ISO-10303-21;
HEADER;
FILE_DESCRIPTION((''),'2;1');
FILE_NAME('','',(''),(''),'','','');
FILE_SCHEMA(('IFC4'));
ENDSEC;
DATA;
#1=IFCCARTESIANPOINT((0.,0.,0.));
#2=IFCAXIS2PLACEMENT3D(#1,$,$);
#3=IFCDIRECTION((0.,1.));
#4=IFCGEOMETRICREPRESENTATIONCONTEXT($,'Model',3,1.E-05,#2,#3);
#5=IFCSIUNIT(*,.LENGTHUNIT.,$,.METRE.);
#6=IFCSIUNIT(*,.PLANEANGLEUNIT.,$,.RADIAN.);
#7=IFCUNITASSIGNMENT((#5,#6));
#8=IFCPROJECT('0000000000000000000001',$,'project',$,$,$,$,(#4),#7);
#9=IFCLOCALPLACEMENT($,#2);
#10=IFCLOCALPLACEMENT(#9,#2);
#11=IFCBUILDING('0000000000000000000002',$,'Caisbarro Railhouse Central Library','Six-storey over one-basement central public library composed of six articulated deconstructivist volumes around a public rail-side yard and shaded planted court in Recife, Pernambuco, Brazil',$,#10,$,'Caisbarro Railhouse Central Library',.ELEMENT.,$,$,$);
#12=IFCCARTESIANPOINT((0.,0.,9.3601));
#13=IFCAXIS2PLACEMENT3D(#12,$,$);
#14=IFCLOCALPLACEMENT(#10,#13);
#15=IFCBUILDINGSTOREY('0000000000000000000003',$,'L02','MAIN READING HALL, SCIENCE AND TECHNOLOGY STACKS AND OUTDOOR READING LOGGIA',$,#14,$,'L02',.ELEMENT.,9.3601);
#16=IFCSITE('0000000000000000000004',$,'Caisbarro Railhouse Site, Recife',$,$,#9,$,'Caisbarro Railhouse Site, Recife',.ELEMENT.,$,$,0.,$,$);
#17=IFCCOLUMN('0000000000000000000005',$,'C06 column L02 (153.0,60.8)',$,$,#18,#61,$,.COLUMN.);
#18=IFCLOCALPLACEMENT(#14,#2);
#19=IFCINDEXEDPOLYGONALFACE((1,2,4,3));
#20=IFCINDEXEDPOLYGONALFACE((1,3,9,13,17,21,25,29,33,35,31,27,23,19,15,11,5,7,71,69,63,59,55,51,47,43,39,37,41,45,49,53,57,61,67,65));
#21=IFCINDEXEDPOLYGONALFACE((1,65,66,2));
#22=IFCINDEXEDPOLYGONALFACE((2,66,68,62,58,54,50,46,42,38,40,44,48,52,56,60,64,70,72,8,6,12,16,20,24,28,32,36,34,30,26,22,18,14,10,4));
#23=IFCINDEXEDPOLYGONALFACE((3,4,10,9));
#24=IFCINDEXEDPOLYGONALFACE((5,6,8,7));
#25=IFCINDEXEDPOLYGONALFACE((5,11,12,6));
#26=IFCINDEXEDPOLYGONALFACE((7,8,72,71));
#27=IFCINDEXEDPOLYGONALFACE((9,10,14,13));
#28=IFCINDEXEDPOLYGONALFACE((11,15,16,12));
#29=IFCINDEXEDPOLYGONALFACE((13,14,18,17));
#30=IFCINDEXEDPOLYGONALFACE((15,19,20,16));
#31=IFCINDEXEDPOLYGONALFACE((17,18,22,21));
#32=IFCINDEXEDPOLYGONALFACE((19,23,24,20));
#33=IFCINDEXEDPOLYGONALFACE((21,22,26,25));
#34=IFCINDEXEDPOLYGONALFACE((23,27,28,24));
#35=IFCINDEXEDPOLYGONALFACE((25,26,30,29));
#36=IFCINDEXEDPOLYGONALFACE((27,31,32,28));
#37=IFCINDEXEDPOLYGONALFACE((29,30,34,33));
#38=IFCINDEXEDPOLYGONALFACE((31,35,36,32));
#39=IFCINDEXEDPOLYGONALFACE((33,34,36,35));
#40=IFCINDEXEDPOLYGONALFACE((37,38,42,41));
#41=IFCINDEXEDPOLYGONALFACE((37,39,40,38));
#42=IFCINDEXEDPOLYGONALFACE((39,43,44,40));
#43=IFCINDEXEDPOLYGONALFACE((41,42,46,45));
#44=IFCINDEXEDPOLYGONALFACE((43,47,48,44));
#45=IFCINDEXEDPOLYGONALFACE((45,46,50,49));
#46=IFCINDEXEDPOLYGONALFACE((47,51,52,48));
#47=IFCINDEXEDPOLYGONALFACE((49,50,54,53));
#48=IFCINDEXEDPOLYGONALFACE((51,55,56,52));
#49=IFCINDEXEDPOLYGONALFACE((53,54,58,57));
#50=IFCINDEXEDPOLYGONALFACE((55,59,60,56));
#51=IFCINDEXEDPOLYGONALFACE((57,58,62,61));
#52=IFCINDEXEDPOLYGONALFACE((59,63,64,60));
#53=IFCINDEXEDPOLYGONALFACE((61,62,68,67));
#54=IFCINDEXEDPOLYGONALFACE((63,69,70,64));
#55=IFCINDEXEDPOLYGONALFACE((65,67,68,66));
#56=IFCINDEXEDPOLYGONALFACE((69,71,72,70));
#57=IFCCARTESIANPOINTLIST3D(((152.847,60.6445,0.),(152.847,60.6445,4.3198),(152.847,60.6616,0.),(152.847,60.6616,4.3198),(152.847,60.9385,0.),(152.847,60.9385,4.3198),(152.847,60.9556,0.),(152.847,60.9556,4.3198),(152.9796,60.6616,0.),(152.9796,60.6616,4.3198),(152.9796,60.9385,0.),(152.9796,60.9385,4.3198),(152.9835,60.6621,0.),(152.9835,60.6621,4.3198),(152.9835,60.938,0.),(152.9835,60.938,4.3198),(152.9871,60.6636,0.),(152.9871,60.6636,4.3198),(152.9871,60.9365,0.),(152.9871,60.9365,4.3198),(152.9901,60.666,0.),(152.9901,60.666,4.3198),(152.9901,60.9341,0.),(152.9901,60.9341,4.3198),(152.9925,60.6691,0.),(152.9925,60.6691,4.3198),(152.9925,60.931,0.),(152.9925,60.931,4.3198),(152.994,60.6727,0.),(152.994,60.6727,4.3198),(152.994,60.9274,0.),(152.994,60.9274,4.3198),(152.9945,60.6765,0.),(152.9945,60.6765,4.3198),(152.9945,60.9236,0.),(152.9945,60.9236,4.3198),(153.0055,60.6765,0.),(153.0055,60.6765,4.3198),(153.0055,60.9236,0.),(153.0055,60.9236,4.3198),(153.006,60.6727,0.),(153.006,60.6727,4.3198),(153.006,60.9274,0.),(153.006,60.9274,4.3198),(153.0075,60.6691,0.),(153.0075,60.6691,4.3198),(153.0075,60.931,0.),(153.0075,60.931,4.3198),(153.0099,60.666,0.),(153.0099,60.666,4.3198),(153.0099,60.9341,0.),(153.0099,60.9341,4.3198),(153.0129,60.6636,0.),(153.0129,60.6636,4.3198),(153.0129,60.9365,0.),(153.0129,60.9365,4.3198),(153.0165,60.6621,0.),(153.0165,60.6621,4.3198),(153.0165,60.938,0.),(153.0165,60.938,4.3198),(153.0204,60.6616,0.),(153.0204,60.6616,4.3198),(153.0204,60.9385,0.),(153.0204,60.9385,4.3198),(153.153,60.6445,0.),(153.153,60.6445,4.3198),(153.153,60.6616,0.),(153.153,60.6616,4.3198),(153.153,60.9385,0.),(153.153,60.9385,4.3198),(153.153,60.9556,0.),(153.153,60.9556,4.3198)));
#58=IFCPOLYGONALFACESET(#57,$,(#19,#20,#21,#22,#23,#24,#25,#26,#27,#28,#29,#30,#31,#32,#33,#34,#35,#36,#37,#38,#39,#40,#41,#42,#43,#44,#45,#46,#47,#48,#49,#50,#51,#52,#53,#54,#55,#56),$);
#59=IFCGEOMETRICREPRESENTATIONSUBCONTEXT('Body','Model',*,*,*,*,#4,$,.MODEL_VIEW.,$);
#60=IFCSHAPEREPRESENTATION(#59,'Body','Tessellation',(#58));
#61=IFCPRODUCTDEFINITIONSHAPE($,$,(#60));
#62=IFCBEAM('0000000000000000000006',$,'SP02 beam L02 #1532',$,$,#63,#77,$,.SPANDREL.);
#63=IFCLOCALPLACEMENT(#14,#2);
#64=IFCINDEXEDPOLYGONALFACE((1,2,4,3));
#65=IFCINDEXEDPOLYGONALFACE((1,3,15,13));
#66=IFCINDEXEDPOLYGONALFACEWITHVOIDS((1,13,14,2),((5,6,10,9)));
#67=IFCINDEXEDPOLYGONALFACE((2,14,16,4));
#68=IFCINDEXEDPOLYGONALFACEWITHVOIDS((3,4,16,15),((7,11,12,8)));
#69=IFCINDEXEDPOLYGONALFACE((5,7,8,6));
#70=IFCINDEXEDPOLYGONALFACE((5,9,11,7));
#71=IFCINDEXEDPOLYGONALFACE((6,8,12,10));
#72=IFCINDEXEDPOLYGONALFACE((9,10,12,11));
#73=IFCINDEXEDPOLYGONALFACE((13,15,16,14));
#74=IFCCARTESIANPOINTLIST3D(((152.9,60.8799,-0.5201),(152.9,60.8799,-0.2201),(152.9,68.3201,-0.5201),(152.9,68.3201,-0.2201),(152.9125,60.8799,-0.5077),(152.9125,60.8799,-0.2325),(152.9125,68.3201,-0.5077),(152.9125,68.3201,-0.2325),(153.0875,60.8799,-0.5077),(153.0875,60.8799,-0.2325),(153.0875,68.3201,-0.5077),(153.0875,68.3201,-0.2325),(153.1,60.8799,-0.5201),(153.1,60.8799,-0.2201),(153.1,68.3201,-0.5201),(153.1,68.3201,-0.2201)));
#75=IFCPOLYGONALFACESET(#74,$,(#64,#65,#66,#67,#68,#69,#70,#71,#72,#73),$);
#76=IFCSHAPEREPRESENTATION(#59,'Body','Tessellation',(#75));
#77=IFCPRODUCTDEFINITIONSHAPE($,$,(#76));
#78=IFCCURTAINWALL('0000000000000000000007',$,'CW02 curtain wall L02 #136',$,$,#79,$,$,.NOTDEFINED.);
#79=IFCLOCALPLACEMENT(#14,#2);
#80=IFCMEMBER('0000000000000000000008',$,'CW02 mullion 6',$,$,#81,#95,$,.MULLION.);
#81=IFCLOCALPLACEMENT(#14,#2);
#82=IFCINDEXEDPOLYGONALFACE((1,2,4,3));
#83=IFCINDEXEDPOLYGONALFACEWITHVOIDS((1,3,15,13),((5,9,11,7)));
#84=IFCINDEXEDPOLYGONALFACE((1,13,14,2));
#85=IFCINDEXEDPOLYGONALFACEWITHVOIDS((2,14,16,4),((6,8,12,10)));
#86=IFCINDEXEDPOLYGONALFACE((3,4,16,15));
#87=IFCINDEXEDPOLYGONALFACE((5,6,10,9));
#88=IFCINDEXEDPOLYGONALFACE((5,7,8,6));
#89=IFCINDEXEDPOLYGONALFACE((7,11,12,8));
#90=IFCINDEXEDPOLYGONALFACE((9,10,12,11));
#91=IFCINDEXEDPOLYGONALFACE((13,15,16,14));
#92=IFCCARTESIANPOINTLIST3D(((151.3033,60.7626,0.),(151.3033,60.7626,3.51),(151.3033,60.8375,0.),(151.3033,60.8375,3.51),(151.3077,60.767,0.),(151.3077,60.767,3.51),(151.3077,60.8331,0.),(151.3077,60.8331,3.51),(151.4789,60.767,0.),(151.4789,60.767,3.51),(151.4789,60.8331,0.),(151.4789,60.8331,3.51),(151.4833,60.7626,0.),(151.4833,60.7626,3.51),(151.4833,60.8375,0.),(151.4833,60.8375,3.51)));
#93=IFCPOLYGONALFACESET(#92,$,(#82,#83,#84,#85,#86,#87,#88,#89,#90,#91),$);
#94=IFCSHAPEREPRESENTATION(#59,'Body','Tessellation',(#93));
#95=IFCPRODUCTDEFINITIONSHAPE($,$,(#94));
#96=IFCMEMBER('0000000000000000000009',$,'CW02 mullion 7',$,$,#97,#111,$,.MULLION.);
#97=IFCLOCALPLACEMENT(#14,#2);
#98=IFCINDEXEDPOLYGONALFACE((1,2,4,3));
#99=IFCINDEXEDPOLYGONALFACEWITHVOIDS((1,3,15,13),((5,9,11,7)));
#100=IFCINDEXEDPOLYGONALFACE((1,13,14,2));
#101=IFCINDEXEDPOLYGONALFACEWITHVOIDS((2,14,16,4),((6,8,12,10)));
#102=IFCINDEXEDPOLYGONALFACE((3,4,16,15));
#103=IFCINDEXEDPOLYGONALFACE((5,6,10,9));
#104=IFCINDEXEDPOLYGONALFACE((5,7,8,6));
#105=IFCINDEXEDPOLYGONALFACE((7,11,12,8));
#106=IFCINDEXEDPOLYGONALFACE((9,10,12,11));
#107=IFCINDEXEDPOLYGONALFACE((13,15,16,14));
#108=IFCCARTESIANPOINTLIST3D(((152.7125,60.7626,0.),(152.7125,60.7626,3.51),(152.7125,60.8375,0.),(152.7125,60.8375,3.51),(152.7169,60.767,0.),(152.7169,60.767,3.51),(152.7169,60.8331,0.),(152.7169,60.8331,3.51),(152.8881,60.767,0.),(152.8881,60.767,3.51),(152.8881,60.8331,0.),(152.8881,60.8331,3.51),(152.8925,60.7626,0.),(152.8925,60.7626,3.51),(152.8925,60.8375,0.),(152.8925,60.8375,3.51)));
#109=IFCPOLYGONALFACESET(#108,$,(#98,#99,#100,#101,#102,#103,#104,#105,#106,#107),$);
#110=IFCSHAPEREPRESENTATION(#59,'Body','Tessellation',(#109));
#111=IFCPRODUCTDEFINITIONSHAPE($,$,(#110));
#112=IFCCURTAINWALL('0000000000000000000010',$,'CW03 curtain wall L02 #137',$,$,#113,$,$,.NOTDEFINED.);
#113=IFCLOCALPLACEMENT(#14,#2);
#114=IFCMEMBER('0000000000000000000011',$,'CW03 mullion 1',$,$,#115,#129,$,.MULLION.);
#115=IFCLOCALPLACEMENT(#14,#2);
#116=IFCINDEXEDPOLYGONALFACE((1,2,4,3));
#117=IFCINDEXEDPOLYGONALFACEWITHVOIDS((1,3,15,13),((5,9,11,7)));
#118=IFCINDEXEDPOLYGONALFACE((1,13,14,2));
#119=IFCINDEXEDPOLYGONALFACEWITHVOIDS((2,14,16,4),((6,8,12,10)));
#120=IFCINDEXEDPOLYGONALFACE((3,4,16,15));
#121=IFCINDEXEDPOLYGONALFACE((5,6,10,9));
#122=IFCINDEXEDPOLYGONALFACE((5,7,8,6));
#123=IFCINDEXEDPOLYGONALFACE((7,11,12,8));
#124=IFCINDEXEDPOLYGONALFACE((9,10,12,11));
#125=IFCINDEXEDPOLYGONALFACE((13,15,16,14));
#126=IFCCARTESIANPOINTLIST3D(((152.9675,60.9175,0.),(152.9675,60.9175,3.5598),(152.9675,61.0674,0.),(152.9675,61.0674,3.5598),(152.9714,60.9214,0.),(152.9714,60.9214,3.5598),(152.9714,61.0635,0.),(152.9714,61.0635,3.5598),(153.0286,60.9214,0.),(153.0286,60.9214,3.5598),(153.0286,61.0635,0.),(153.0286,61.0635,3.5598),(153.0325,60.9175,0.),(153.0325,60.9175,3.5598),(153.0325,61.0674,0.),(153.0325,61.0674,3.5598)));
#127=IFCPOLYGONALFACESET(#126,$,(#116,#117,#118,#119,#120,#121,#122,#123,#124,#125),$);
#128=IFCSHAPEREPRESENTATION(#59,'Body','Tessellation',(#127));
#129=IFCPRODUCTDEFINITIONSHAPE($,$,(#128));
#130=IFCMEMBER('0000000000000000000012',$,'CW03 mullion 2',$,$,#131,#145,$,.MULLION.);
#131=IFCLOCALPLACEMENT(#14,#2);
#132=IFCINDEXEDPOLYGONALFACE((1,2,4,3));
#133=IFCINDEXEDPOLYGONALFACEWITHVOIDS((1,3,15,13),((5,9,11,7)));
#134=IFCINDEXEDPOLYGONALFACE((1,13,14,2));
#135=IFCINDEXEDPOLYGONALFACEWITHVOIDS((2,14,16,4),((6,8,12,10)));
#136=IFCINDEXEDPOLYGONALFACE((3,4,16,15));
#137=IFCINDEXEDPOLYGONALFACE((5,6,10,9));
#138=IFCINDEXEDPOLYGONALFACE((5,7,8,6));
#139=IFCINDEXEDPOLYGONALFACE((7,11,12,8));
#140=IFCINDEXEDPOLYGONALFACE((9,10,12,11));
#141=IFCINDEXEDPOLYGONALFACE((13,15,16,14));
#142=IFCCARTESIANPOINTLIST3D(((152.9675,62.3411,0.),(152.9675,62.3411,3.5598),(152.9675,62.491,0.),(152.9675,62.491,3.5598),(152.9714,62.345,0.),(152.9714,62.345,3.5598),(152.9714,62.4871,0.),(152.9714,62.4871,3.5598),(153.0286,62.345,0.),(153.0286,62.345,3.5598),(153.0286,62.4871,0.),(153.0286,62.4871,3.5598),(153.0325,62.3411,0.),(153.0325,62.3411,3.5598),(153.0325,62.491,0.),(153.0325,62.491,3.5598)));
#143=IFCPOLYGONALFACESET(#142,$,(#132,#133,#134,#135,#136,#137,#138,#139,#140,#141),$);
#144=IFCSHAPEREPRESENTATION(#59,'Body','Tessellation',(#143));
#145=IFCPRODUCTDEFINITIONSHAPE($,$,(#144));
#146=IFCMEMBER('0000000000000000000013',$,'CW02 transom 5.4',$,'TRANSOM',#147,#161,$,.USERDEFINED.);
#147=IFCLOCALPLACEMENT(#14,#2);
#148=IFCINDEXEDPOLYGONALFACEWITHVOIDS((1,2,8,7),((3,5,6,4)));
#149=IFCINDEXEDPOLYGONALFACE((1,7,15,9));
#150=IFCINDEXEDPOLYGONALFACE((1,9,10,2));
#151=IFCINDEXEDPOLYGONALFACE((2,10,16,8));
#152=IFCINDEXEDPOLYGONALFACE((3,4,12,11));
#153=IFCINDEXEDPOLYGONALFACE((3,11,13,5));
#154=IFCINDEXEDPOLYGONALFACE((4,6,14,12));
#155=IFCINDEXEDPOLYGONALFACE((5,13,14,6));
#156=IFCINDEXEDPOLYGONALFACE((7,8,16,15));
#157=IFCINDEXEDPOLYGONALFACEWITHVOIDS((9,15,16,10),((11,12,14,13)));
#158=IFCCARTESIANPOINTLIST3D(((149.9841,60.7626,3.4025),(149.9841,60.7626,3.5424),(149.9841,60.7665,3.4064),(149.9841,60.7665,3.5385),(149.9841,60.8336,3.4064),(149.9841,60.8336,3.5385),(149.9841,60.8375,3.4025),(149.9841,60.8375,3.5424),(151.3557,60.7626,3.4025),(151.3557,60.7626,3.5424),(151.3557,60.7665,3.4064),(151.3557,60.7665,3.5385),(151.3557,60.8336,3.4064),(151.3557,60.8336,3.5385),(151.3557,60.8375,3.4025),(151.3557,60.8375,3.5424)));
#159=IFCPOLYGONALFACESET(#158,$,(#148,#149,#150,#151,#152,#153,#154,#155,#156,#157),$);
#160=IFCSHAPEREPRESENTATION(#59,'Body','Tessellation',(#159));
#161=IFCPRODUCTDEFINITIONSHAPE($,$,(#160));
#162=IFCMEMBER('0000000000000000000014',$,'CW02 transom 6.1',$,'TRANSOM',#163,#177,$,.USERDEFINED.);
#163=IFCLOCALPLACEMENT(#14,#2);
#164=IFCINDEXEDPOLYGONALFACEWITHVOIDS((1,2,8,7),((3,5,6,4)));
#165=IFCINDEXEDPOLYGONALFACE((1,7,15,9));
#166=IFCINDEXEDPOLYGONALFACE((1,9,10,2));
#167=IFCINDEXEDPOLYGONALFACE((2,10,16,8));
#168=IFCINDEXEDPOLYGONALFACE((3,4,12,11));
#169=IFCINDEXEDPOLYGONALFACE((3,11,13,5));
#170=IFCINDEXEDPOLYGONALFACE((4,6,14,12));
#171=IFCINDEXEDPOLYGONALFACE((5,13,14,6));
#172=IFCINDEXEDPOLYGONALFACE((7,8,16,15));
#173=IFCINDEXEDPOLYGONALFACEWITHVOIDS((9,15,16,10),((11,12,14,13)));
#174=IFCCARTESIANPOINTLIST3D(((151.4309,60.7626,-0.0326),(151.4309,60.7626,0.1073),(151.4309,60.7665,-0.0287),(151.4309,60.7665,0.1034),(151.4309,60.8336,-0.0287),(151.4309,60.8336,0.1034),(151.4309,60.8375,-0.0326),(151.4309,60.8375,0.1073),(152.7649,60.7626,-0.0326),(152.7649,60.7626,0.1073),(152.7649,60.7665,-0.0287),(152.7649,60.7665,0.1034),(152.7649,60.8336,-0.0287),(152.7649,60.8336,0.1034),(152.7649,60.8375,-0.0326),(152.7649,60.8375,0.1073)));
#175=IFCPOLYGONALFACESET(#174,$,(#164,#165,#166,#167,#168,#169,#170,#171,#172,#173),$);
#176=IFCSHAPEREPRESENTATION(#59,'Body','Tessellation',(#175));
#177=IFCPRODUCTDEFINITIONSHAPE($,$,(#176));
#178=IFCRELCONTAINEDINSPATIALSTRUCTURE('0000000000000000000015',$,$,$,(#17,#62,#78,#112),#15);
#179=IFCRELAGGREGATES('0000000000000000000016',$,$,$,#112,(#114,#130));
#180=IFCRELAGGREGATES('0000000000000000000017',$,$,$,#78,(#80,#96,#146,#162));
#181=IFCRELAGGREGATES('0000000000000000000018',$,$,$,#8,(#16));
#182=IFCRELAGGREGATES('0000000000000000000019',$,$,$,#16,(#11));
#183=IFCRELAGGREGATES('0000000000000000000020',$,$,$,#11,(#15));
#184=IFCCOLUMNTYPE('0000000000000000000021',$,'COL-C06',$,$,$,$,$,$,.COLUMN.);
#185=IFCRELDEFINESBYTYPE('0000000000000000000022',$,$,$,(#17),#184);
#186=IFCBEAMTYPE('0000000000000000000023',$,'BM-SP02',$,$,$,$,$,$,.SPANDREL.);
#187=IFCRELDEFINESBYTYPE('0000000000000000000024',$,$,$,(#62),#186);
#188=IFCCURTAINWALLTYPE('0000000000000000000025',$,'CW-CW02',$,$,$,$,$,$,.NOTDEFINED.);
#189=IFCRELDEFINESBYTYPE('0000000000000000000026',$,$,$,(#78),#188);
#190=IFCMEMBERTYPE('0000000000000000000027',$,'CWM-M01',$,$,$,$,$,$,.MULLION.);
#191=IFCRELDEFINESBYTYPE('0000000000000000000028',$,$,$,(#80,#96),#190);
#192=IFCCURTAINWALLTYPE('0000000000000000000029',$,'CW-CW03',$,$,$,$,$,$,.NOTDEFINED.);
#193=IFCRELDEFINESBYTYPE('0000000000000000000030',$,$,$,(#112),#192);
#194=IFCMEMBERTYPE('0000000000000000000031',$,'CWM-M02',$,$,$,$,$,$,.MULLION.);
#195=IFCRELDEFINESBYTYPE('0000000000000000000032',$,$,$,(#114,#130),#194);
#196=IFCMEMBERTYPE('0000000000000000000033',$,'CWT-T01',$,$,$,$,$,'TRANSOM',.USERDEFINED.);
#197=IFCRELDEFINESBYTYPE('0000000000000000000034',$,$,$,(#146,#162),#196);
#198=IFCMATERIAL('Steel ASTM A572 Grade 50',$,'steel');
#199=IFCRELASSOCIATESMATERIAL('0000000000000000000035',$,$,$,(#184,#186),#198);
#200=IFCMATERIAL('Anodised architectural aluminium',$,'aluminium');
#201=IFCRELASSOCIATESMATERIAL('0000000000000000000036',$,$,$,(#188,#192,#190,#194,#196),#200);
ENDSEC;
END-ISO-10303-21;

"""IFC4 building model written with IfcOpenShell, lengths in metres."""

from ifc_helpers import new_model, si_unit, direction, frame, origin, origin_2d, place, context, subcontext, project, spatial, hollow_rectangle, i_section, extrude, material, material_profile, profile_set, type_object, element, aggregate, save


model = new_model("IFC4")

# Units and contexts
model_context = context("Model", 3, precision=1e-05, world=origin(), true_north=direction((0.0, 1.0)))
body_context = subcontext(model_context, "Body", "Model", "MODEL_VIEW")
ifc_project = project(units=[si_unit("LENGTHUNIT", "METRE"), si_unit("PLANEANGLEUNIT", "RADIAN")], contexts=[model_context])

# Site, building, storey
site_placement = place(None, origin())
site = spatial("IfcSite", under=ifc_project, at=site_placement, Name="Caisbarro Railhouse Site, Recife", LongName="Caisbarro Railhouse Site, Recife", CompositionType="ELEMENT", RefElevation=0.0)
building_placement = place(site_placement, origin())
building = spatial("IfcBuilding", under=site, at=building_placement, Name="Caisbarro Railhouse Central Library", Description="Six-storey over one-basement central public library composed of six articulated deconstructivist volumes around a public rail-side yard and shaded planted court in Recife, Pernambuco, Brazil", LongName="Caisbarro Railhouse Central Library", CompositionType="ELEMENT")
storey_placement = place(building_placement, frame((0.0, 0.0, 9.3601)))
storey = spatial("IfcBuildingStorey", under=building, at=storey_placement, Name="L02", Description="MAIN READING HALL, SCIENCE AND TECHNOLOGY STACKS AND OUTDOOR READING LOGGIA", LongName="L02", CompositionType="ELEMENT", Elevation=9.3601)

# Column
ifc_material_1 = material(Name="Steel ASTM A572 Grade 50", Category="steel")
ifc_material_profile_1 = material_profile(ifc_material_1, i_section(OverallWidth=0.3059, OverallDepth=0.311, WebThickness=0.011, FlangeThickness=0.0171, FilletRadius=0.0149, at=origin_2d()), Name="W310X107.0")
ifc_profile_set_1 = profile_set([ifc_material_profile_1], Name="Steel ASTM A572 Grade 50")
column_type = type_object("IfcColumnType", Name="COL-C06", PredefinedType="COLUMN", material=ifc_profile_set_1)
column_placement = place(storey_placement, frame((153.0, 60.8, 0.0), z_axis=(0.0, 0.0, 1.0), x_axis=(1.0, 0.0, 0.0)))
element("IfcColumn", 1, at=column_placement, inside=storey, type_object=column_type, Name="C06 column L02 (153.0,60.8)", PredefinedType="COLUMN", context=body_context, shape_type="SweptSolid", body=[
    extrude(i_section(OverallWidth=0.3059, OverallDepth=0.311, WebThickness=0.011, FlangeThickness=0.0171, FilletRadius=0.0149, at=origin_2d()), origin(), (0.0, 0.0, 1.0), 4.3198),
])

# Beam
ifc_material_profile_2 = material_profile(ifc_material_1, hollow_rectangle(XDim=0.2, YDim=0.3, WallThickness=0.0125, at=origin_2d()), Name="HSS300X200X12.5")
ifc_profile_set_2 = profile_set([ifc_material_profile_2], Name="Steel ASTM A572 Grade 50")
beam_type = type_object("IfcBeamType", Name="BM-SP02", PredefinedType="SPANDREL", material=ifc_profile_set_2)
beam_placement = place(storey_placement, frame((153.0, 60.8799, -0.3701), z_axis=(0.0, 1.0, 0.0), x_axis=(-1.0, 0.0, 0.0)))
element("IfcBeam", 2, at=beam_placement, inside=storey, type_object=beam_type, Name="SP02 beam L02 #1532", PredefinedType="SPANDREL", context=body_context, shape_type="SweptSolid", body=[
    extrude(hollow_rectangle(XDim=0.2, YDim=0.3, WallThickness=0.0125, at=origin_2d()), origin(), (0.0, 0.0, 1.0), 7.4402),
])

# Curtain walls, members
ifc_material_2 = material(Name="Anodised architectural aluminium", Category="aluminium")
curtain_wall_type_1 = type_object("IfcCurtainWallType", Name="CW-CW02", PredefinedType="NOTDEFINED", material=ifc_material_2)
curtain_wall_1_placement = place(storey_placement, origin())
curtain_wall_1 = element("IfcCurtainWall", 3, at=curtain_wall_1_placement, inside=storey, type_object=curtain_wall_type_1, Name="CW02 curtain wall L02 #136", PredefinedType="NOTDEFINED")
ifc_material_profile_3 = material_profile(ifc_material_2, hollow_rectangle(XDim=0.075, YDim=0.1799, WallThickness=0.0044, at=origin_2d()), Name="ALU-MUL-75X180")
ifc_profile_set_3 = profile_set([ifc_material_profile_3], Name="Anodised architectural aluminium")
member_type_1 = type_object("IfcMemberType", Name="CWM-M01", PredefinedType="MULLION", material=ifc_profile_set_3)
member_1_placement = place(storey_placement, frame((151.3933, 60.8, 0.0), z_axis=(0.0, 0.0, 1.0), x_axis=(0.0, 1.0, 0.0)))
member_1 = element("IfcMember", 4, at=member_1_placement, type_object=member_type_1, Name="CW02 mullion 6", PredefinedType="MULLION", context=body_context, shape_type="SweptSolid", body=[
    extrude(hollow_rectangle(XDim=0.075, YDim=0.1799, WallThickness=0.0044, at=origin_2d()), origin(), (0.0, 0.0, 1.0), 3.51),
])
member_2_placement = place(storey_placement, frame((152.8025, 60.8, 0.0), z_axis=(0.0, 0.0, 1.0), x_axis=(0.0, 1.0, 0.0)))
member_2 = element("IfcMember", 5, at=member_2_placement, type_object=member_type_1, Name="CW02 mullion 7", PredefinedType="MULLION", context=body_context, shape_type="SweptSolid", body=[
    extrude(hollow_rectangle(XDim=0.075, YDim=0.1799, WallThickness=0.0044, at=origin_2d()), origin(), (0.0, 0.0, 1.0), 3.51),
])
curtain_wall_type_2 = type_object("IfcCurtainWallType", Name="CW-CW03", PredefinedType="NOTDEFINED", material=ifc_material_2)
curtain_wall_2_placement = place(storey_placement, origin())
curtain_wall_2 = element("IfcCurtainWall", 6, at=curtain_wall_2_placement, inside=storey, type_object=curtain_wall_type_2, Name="CW03 curtain wall L02 #137", PredefinedType="NOTDEFINED")
ifc_material_profile_4 = material_profile(ifc_material_2, hollow_rectangle(XDim=0.0649, YDim=0.1499, WallThickness=0.0039, at=origin_2d()), Name="ALU-MUL-65X150")
ifc_profile_set_4 = profile_set([ifc_material_profile_4], Name="Anodised architectural aluminium")
member_type_2 = type_object("IfcMemberType", Name="CWM-M02", PredefinedType="MULLION", material=ifc_profile_set_4)
member_3_placement = place(storey_placement, frame((153.0, 60.9924, 0.0), z_axis=(0.0, 0.0, 1.0), x_axis=(-1.0, 0.0, 0.0)))
member_3 = element("IfcMember", 7, at=member_3_placement, type_object=member_type_2, Name="CW03 mullion 1", PredefinedType="MULLION", context=body_context, shape_type="SweptSolid", body=[
    extrude(hollow_rectangle(XDim=0.0649, YDim=0.1499, WallThickness=0.0039, at=origin_2d()), origin(), (0.0, 0.0, 1.0), 3.5598),
])
member_4_placement = place(storey_placement, frame((153.0, 62.416, 0.0), z_axis=(0.0, 0.0, 1.0), x_axis=(-1.0, 0.0, 0.0)))
member_4 = element("IfcMember", 8, at=member_4_placement, type_object=member_type_2, Name="CW03 mullion 2", PredefinedType="MULLION", context=body_context, shape_type="SweptSolid", body=[
    extrude(hollow_rectangle(XDim=0.0649, YDim=0.1499, WallThickness=0.0039, at=origin_2d()), origin(), (0.0, 0.0, 1.0), 3.5598),
])

# Members
ifc_material_profile_5 = material_profile(ifc_material_2, hollow_rectangle(XDim=0.075, YDim=0.1399, WallThickness=0.0039, at=origin_2d()), Name="ALU-TRN-75X140")
ifc_profile_set_5 = profile_set([ifc_material_profile_5], Name="Anodised architectural aluminium")
member_type_3 = type_object("IfcMemberType", Name="CWT-T01", ElementType="TRANSOM", PredefinedType="USERDEFINED", material=ifc_profile_set_5)
member_5_placement = place(storey_placement, frame((149.9841, 60.8, 3.4724), z_axis=(1.0, 0.0, 0.0), x_axis=(0.0, 1.0, 0.0)))
member_5 = element("IfcMember", 9, at=member_5_placement, type_object=member_type_3, Name="CW02 transom 5.4", ObjectType="TRANSOM", PredefinedType="USERDEFINED", context=body_context, shape_type="SweptSolid", body=[
    extrude(hollow_rectangle(XDim=0.075, YDim=0.1399, WallThickness=0.0039, at=origin_2d()), origin(), (0.0, 0.0, 1.0), 1.3716),
])
member_6_placement = place(storey_placement, frame((151.4309, 60.8, 0.0374), z_axis=(1.0, 0.0, 0.0), x_axis=(0.0, 1.0, 0.0)))
member_6 = element("IfcMember", 10, at=member_6_placement, type_object=member_type_3, Name="CW02 transom 6.1", ObjectType="TRANSOM", PredefinedType="USERDEFINED", context=body_context, shape_type="SweptSolid", body=[
    extrude(hollow_rectangle(XDim=0.075, YDim=0.1399, WallThickness=0.0039, at=origin_2d()), origin(), (0.0, 0.0, 1.0), 1.334),
])

aggregate(curtain_wall_2, [member_3, member_4])
aggregate(curtain_wall_1, [member_1, member_2, member_5, member_6])

save(model, "model.ifc")
